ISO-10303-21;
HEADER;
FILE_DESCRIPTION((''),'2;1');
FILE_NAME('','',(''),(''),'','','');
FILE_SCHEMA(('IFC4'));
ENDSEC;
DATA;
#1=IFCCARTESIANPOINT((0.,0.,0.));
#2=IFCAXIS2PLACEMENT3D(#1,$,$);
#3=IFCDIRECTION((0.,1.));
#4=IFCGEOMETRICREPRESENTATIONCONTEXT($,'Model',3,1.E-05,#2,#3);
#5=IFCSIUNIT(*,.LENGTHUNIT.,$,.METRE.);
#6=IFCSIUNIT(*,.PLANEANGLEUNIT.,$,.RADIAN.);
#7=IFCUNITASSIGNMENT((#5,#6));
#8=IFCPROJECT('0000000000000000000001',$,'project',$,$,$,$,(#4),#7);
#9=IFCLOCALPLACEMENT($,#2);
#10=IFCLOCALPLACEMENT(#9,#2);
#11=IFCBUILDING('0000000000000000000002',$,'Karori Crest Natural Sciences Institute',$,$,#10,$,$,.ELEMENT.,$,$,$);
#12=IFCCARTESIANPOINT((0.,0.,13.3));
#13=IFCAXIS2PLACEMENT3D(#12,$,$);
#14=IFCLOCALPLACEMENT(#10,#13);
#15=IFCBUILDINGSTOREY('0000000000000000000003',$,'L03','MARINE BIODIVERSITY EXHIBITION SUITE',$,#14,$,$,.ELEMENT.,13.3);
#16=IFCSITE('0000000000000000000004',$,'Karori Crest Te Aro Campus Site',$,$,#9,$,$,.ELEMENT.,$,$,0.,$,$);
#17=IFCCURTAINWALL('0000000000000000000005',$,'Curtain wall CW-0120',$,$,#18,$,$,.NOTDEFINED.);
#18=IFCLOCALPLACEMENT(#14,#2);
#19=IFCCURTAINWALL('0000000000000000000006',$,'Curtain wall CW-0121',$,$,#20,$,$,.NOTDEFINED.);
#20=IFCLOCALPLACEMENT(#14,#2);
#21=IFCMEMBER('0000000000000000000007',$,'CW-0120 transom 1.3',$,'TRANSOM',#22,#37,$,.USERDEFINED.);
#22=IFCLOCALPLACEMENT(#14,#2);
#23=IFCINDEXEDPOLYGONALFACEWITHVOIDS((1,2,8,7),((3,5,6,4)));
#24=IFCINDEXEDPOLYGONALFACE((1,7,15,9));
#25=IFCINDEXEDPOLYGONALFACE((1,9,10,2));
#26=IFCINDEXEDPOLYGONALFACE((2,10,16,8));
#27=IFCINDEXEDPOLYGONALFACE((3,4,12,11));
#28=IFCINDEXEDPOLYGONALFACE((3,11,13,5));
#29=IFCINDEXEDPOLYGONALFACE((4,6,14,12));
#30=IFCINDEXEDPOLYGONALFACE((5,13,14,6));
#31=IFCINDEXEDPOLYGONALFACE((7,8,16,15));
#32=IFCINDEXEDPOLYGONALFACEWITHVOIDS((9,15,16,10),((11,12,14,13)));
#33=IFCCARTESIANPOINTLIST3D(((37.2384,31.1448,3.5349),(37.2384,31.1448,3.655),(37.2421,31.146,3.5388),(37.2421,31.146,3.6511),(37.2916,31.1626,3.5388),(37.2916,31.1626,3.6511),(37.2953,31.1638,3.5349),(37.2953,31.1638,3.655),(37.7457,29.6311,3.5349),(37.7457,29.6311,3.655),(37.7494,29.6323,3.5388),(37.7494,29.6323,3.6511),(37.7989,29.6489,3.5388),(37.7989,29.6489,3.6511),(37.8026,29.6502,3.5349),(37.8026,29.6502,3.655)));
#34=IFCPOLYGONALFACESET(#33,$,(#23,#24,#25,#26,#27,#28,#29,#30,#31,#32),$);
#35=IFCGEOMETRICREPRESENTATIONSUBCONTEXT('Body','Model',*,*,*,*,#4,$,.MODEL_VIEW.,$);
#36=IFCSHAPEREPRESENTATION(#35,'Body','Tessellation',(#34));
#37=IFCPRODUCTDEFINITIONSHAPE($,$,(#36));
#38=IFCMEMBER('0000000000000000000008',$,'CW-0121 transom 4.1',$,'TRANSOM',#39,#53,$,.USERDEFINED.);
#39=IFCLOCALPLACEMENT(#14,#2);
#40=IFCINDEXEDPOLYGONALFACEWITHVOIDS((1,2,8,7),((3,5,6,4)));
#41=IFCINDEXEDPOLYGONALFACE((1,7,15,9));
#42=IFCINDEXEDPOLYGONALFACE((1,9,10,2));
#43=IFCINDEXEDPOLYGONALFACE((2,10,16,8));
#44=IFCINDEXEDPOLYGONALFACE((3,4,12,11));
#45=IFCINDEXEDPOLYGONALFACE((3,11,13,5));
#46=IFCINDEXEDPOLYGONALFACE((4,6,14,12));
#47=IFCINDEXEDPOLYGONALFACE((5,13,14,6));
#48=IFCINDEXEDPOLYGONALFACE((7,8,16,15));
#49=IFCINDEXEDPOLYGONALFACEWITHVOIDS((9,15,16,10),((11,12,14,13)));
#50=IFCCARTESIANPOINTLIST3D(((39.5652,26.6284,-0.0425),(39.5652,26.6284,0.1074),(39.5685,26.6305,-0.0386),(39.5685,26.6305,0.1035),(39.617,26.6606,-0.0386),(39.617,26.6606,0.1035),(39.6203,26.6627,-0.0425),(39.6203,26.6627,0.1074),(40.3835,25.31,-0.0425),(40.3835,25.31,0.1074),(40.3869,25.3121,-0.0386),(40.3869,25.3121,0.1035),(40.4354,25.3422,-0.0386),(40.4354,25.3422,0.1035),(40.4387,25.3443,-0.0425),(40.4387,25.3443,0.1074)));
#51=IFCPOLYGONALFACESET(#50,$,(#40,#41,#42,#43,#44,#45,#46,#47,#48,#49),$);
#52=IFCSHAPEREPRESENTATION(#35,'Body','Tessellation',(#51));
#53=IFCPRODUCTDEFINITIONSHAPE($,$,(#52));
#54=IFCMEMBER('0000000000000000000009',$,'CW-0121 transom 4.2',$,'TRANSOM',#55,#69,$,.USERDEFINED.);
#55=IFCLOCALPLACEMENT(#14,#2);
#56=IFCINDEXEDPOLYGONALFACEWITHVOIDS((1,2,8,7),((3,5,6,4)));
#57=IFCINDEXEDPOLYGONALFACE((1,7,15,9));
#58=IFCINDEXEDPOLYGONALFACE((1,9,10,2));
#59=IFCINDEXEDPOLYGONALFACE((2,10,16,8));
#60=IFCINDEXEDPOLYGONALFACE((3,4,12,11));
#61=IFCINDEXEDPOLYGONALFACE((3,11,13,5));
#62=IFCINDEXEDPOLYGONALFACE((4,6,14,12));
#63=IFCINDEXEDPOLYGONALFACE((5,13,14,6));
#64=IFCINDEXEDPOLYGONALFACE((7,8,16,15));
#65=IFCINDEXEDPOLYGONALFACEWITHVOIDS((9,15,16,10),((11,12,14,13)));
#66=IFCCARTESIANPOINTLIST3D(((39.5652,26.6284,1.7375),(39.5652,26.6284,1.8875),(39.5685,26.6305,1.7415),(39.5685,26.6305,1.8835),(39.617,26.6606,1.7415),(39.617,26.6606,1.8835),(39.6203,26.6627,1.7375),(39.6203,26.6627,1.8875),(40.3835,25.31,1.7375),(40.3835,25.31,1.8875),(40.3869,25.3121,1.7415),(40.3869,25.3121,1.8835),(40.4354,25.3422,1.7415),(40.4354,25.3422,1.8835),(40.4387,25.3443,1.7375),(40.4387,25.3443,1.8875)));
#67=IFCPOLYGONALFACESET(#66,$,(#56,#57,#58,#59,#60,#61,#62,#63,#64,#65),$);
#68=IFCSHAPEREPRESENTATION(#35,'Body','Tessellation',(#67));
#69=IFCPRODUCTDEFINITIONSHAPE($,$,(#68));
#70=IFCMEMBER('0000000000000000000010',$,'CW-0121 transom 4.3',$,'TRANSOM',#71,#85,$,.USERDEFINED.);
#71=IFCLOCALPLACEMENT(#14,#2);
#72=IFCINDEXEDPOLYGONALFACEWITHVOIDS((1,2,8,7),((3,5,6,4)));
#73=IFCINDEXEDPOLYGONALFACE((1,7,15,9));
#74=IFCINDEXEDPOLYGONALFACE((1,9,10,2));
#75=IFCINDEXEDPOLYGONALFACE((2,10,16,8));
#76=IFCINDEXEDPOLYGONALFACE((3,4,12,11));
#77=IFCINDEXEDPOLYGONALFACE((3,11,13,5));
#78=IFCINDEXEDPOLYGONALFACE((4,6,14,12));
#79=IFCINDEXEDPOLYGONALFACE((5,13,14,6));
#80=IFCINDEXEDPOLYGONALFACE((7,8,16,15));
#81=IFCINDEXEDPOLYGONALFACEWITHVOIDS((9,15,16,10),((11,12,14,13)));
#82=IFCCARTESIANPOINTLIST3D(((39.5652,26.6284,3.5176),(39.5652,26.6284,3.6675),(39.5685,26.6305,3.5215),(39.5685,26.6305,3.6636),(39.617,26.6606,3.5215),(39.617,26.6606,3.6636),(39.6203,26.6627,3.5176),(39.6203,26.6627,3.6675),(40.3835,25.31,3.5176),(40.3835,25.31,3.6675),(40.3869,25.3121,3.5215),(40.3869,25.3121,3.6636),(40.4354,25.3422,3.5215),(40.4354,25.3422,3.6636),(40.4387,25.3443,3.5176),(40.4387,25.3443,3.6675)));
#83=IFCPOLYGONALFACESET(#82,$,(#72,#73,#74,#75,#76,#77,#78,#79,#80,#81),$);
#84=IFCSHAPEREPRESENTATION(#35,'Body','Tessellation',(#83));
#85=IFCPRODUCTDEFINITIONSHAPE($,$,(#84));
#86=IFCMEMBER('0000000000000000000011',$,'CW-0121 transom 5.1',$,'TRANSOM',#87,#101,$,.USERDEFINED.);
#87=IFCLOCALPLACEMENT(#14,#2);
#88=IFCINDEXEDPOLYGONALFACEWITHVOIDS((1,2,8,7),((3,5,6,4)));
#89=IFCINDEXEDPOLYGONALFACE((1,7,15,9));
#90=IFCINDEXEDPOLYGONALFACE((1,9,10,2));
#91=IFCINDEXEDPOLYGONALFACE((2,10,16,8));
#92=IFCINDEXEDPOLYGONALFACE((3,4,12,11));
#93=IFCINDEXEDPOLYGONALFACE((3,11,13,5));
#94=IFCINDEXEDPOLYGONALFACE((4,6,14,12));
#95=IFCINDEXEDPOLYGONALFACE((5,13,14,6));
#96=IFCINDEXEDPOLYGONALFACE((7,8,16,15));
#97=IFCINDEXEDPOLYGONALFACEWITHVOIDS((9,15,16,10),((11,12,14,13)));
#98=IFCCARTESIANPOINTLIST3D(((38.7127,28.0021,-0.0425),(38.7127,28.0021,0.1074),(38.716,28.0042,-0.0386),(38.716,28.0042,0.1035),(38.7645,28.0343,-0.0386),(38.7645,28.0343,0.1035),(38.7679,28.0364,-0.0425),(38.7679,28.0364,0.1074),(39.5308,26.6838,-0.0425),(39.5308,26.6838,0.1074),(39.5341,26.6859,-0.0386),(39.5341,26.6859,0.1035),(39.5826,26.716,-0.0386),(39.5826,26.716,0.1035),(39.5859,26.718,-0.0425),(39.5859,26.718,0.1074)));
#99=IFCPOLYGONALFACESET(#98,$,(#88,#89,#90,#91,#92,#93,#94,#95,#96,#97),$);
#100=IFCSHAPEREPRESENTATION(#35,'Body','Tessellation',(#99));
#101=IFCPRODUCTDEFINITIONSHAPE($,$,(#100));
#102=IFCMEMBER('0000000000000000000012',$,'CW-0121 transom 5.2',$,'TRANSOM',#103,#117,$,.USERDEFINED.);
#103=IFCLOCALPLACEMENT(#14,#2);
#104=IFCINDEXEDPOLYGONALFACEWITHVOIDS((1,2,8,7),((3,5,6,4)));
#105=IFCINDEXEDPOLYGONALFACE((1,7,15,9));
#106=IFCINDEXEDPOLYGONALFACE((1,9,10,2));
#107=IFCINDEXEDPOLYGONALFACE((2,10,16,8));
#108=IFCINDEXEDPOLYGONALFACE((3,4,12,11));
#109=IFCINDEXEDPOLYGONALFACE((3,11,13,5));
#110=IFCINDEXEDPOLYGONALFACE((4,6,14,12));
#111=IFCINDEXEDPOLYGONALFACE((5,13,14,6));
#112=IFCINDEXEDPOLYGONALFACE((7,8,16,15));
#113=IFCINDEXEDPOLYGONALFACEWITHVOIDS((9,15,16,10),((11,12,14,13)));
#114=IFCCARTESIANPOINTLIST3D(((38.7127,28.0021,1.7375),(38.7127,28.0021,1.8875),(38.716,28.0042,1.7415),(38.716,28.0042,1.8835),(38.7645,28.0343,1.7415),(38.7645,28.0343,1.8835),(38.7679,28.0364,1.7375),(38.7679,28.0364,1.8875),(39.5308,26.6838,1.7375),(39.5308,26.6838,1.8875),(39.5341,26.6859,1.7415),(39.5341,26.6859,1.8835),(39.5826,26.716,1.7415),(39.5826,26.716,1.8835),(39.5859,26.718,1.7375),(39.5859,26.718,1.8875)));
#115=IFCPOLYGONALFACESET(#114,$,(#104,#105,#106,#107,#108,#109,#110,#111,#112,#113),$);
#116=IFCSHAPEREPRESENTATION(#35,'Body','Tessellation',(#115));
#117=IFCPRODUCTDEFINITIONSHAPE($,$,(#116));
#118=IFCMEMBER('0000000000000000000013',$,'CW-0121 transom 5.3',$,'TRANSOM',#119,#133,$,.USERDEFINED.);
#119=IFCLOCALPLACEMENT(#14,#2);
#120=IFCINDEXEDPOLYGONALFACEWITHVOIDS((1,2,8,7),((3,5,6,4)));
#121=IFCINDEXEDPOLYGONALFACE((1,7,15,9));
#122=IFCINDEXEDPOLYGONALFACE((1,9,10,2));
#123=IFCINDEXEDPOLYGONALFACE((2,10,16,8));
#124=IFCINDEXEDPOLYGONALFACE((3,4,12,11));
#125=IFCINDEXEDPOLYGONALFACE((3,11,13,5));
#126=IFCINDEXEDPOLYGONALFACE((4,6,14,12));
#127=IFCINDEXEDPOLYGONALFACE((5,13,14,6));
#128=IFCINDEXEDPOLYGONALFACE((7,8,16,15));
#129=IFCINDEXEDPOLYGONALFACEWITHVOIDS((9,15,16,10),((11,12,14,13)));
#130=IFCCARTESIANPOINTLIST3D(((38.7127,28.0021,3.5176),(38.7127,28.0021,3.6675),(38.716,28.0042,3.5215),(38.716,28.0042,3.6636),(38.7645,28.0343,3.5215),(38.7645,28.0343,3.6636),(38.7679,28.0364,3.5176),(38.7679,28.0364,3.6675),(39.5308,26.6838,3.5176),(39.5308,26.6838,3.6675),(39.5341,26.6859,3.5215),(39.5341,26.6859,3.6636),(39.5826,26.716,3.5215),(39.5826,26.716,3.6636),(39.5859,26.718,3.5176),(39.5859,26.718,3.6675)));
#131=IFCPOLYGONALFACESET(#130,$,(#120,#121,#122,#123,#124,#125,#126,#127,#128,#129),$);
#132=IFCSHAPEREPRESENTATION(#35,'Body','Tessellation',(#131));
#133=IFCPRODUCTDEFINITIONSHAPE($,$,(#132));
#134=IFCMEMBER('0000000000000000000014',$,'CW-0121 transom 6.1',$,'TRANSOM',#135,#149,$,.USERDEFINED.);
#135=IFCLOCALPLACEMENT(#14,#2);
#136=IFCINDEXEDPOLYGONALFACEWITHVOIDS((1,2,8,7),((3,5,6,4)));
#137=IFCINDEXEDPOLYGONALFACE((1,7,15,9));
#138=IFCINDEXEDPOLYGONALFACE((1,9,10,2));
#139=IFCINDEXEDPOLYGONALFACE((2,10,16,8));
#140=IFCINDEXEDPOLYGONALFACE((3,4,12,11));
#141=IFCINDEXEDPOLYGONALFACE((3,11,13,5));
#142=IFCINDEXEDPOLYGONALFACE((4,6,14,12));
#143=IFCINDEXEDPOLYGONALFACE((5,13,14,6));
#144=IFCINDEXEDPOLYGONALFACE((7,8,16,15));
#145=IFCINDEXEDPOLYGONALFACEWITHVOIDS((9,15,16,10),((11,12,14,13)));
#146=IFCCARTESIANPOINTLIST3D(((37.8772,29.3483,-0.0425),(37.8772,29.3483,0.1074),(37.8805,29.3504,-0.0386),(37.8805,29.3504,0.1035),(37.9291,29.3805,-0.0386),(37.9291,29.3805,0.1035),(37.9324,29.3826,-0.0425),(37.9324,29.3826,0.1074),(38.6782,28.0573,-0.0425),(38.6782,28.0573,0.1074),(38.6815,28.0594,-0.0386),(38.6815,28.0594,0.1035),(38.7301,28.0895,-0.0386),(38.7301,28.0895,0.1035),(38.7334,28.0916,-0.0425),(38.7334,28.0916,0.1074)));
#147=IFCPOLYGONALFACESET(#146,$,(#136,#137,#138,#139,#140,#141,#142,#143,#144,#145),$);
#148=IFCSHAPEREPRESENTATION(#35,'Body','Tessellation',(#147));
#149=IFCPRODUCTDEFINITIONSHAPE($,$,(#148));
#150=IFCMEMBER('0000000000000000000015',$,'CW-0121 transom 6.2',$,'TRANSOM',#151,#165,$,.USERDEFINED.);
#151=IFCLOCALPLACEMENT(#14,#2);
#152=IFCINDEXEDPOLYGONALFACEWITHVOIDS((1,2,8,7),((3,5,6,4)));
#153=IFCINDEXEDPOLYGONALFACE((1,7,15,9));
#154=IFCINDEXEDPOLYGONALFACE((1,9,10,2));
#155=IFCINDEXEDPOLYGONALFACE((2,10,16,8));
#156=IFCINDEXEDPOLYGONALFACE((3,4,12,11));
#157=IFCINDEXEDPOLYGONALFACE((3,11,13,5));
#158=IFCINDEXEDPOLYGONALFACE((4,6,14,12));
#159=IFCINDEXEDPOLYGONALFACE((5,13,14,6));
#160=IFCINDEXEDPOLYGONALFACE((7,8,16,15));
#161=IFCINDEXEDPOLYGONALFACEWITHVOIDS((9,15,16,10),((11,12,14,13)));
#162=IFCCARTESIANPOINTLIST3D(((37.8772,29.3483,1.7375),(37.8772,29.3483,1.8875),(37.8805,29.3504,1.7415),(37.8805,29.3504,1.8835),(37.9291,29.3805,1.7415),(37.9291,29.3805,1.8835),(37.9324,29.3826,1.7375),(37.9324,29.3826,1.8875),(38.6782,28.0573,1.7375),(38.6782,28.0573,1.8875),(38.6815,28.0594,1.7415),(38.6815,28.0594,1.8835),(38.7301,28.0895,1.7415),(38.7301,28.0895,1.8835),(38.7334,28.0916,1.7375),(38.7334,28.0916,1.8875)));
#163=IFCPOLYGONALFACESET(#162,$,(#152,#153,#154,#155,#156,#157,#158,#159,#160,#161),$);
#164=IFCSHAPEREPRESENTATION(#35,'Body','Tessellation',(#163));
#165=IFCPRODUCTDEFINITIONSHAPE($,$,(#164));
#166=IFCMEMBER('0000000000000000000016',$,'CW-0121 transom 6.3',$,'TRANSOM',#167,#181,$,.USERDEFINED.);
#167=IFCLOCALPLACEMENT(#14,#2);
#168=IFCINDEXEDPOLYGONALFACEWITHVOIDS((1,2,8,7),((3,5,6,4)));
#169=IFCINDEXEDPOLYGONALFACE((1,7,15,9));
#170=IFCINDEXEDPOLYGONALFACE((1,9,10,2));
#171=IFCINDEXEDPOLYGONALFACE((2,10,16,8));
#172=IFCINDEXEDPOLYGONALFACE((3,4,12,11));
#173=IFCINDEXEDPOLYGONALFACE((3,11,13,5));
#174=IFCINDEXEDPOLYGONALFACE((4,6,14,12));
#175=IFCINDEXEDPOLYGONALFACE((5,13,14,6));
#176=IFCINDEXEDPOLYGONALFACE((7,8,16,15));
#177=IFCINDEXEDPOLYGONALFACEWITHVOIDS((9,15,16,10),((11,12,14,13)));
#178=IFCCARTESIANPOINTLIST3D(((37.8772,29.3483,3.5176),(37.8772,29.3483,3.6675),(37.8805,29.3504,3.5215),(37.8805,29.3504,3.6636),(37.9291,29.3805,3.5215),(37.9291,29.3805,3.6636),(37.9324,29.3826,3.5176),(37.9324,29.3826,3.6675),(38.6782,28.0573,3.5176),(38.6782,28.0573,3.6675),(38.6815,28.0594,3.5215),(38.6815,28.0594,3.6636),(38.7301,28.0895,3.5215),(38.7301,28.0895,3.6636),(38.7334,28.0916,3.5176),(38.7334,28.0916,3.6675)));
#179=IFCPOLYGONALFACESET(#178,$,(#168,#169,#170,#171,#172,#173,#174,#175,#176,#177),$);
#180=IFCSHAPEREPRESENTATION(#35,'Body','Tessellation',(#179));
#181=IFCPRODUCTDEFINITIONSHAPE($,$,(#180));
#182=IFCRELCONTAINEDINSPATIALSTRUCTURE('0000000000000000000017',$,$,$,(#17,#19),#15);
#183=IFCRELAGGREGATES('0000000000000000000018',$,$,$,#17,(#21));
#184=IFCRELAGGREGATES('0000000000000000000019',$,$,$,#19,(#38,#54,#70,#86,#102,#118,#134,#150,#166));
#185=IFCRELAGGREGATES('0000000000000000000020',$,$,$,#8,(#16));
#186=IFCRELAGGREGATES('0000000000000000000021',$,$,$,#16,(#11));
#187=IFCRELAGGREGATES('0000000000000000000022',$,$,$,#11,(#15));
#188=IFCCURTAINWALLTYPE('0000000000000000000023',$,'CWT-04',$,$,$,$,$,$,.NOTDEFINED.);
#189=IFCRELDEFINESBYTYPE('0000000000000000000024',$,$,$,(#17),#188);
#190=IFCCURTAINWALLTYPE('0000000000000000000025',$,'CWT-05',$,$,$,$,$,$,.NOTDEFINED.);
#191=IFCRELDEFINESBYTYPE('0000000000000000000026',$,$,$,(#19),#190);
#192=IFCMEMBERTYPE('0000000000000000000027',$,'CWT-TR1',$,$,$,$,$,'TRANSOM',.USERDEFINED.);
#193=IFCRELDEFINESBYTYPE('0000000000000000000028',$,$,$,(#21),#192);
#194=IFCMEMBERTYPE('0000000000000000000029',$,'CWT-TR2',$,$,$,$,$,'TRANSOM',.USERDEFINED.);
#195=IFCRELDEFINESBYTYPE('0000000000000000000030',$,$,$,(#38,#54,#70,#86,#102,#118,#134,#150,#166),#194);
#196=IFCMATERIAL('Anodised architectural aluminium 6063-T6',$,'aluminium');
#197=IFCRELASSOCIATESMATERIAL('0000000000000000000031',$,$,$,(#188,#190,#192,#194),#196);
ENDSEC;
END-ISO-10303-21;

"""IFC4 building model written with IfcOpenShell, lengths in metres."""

from ifc_helpers import new_model, si_unit, direction, frame, origin, origin_2d, place, context, subcontext, project, spatial, hollow_rectangle, extrude, material, material_profile, profile_set, type_object, element, aggregate, save


model = new_model("IFC4")

# Units and contexts
model_context = context("Model", 3, precision=1e-05, world=origin(), true_north=direction((0.0, 1.0)))
body_context = subcontext(model_context, "Body", "Model", "MODEL_VIEW")
ifc_project = project(units=[si_unit("LENGTHUNIT", "METRE"), si_unit("PLANEANGLEUNIT", "RADIAN")], contexts=[model_context])

# Site, building, storey
site_placement = place(None, origin())
site = spatial("IfcSite", under=ifc_project, at=site_placement, Name="Karori Crest Te Aro Campus Site", CompositionType="ELEMENT", RefElevation=0.0)
building_placement = place(site_placement, origin())
building = spatial("IfcBuilding", under=site, at=building_placement, Name="Karori Crest Natural Sciences Institute", CompositionType="ELEMENT")
storey_placement = place(building_placement, frame((0.0, 0.0, 13.3)))
storey = spatial("IfcBuildingStorey", under=building, at=storey_placement, Name="L03", Description="MARINE BIODIVERSITY EXHIBITION SUITE", CompositionType="ELEMENT", Elevation=13.3)

# Curtain walls
ifc_material_1 = material(Name="Anodised architectural aluminium 6063-T6", Category="aluminium")
curtain_wall_type_1 = type_object("IfcCurtainWallType", Name="CWT-04", PredefinedType="NOTDEFINED", material=ifc_material_1)
curtain_wall_1_placement = place(storey_placement, origin())
curtain_wall_1 = element("IfcCurtainWall", 1, at=curtain_wall_1_placement, inside=storey, type_object=curtain_wall_type_1, Name="Curtain wall CW-0120", PredefinedType="NOTDEFINED")
curtain_wall_type_2 = type_object("IfcCurtainWallType", Name="CWT-05", PredefinedType="NOTDEFINED", material=ifc_material_1)
curtain_wall_2_placement = place(storey_placement, origin())
curtain_wall_2 = element("IfcCurtainWall", 2, at=curtain_wall_2_placement, inside=storey, type_object=curtain_wall_type_2, Name="Curtain wall CW-0121", PredefinedType="NOTDEFINED")

# Members
ifc_material_profile_1 = material_profile(ifc_material_1, hollow_rectangle(XDim=0.0601, YDim=0.1201, WallThickness=0.0039, at=origin_2d()), Name="CWT120x60x4")
ifc_profile_set_1 = profile_set([ifc_material_profile_1], Name="Anodised architectural aluminium 6063-T6")
member_type_1 = type_object("IfcMemberType", Name="CWT-TR1", ElementType="TRANSOM", PredefinedType="USERDEFINED", material=ifc_profile_set_1)
member_1_placement = place(storey_placement, frame((37.7742, 29.6406, 3.595), z_axis=(-0.317787, 0.948162, 0.0), x_axis=(-0.948162, -0.317787, 0.0)))
member_1 = element("IfcMember", 3, at=member_1_placement, type_object=member_type_1, Name="CW-0120 transom 1.3", ObjectType="TRANSOM", PredefinedType="USERDEFINED", context=body_context, shape_type="SweptSolid", body=[
    extrude(hollow_rectangle(XDim=0.0601, YDim=0.1201, WallThickness=0.0039, at=origin_2d()), origin(), (0.0, 0.0, 1.0), 1.5964),
])
ifc_material_profile_2 = material_profile(ifc_material_1, hollow_rectangle(XDim=0.0649, YDim=0.1499, WallThickness=0.0039, at=origin_2d()), Name="CWT150x65x4")
ifc_profile_set_2 = profile_set([ifc_material_profile_2], Name="Anodised architectural aluminium 6063-T6")
member_type_2 = type_object("IfcMemberType", Name="CWT-TR2", ElementType="TRANSOM", PredefinedType="USERDEFINED", material=ifc_profile_set_2)
member_2_placement = place(storey_placement, frame((40.4111, 25.3271, 0.0325), z_axis=(-0.527394, 0.849621, 0.0), x_axis=(-0.849621, -0.527394, 0.0)))
member_2 = element("IfcMember", 4, at=member_2_placement, type_object=member_type_2, Name="CW-0121 transom 4.1", ObjectType="TRANSOM", PredefinedType="USERDEFINED", context=body_context, shape_type="SweptSolid", body=[
    extrude(hollow_rectangle(XDim=0.0649, YDim=0.1499, WallThickness=0.0039, at=origin_2d()), origin(), (0.0, 0.0, 1.0), 1.5518),
])
member_3_placement = place(storey_placement, frame((40.4111, 25.3271, 1.8125), z_axis=(-0.527394, 0.849621, 0.0), x_axis=(-0.849621, -0.527394, 0.0)))
member_3 = element("IfcMember", 5, at=member_3_placement, type_object=member_type_2, Name="CW-0121 transom 4.2", ObjectType="TRANSOM", PredefinedType="USERDEFINED", context=body_context, shape_type="SweptSolid", body=[
    extrude(hollow_rectangle(XDim=0.0649, YDim=0.1499, WallThickness=0.0039, at=origin_2d()), origin(), (0.0, 0.0, 1.0), 1.5518),
])
member_4_placement = place(storey_placement, frame((40.4111, 25.3271, 3.5925), z_axis=(-0.527394, 0.849621, 0.0), x_axis=(-0.849621, -0.527394, 0.0)))
member_4 = element("IfcMember", 6, at=member_4_placement, type_object=member_type_2, Name="CW-0121 transom 4.3", ObjectType="TRANSOM", PredefinedType="USERDEFINED", context=body_context, shape_type="SweptSolid", body=[
    extrude(hollow_rectangle(XDim=0.0649, YDim=0.1499, WallThickness=0.0039, at=origin_2d()), origin(), (0.0, 0.0, 1.0), 1.5518),
])
member_5_placement = place(storey_placement, frame((39.5583, 26.7009, 0.0325), z_axis=(-0.527281, 0.849691, 0.0), x_axis=(-0.849691, -0.527281, 0.0)))
member_5 = element("IfcMember", 7, at=member_5_placement, type_object=member_type_2, Name="CW-0121 transom 5.1", ObjectType="TRANSOM", PredefinedType="USERDEFINED", context=body_context, shape_type="SweptSolid", body=[
    extrude(hollow_rectangle(XDim=0.0649, YDim=0.1499, WallThickness=0.0039, at=origin_2d()), origin(), (0.0, 0.0, 1.0), 1.5515),
])
member_6_placement = place(storey_placement, frame((39.5583, 26.7009, 1.8125), z_axis=(-0.527281, 0.849691, 0.0), x_axis=(-0.849691, -0.527281, 0.0)))
member_6 = element("IfcMember", 8, at=member_6_placement, type_object=member_type_2, Name="CW-0121 transom 5.2", ObjectType="TRANSOM", PredefinedType="USERDEFINED", context=body_context, shape_type="SweptSolid", body=[
    extrude(hollow_rectangle(XDim=0.0649, YDim=0.1499, WallThickness=0.0039, at=origin_2d()), origin(), (0.0, 0.0, 1.0), 1.5515),
])
member_7_placement = place(storey_placement, frame((39.5583, 26.7009, 3.5925), z_axis=(-0.527281, 0.849691, 0.0), x_axis=(-0.849691, -0.527281, 0.0)))
member_7 = element("IfcMember", 9, at=member_7_placement, type_object=member_type_2, Name="CW-0121 transom 5.3", ObjectType="TRANSOM", PredefinedType="USERDEFINED", context=body_context, shape_type="SweptSolid", body=[
    extrude(hollow_rectangle(XDim=0.0649, YDim=0.1499, WallThickness=0.0039, at=origin_2d()), origin(), (0.0, 0.0, 1.0), 1.5515),
])
member_8_placement = place(storey_placement, frame((38.7058, 28.0745, 0.0325), z_axis=(-0.527223, 0.849727, 0.0), x_axis=(-0.849727, -0.527223, 0.0)))
member_8 = element("IfcMember", 10, at=member_8_placement, type_object=member_type_2, Name="CW-0121 transom 6.1", ObjectType="TRANSOM", PredefinedType="USERDEFINED", context=body_context, shape_type="SweptSolid", body=[
    extrude(hollow_rectangle(XDim=0.0649, YDim=0.1499, WallThickness=0.0039, at=origin_2d()), origin(), (0.0, 0.0, 1.0), 1.5193),
])
member_9_placement = place(storey_placement, frame((38.7058, 28.0745, 1.8125), z_axis=(-0.527223, 0.849727, 0.0), x_axis=(-0.849727, -0.527223, 0.0)))
member_9 = element("IfcMember", 11, at=member_9_placement, type_object=member_type_2, Name="CW-0121 transom 6.2", ObjectType="TRANSOM", PredefinedType="USERDEFINED", context=body_context, shape_type="SweptSolid", body=[
    extrude(hollow_rectangle(XDim=0.0649, YDim=0.1499, WallThickness=0.0039, at=origin_2d()), origin(), (0.0, 0.0, 1.0), 1.5193),
])
member_10_placement = place(storey_placement, frame((38.7058, 28.0745, 3.5925), z_axis=(-0.527223, 0.849727, 0.0), x_axis=(-0.849727, -0.527223, 0.0)))
member_10 = element("IfcMember", 12, at=member_10_placement, type_object=member_type_2, Name="CW-0121 transom 6.3", ObjectType="TRANSOM", PredefinedType="USERDEFINED", context=body_context, shape_type="SweptSolid", body=[
    extrude(hollow_rectangle(XDim=0.0649, YDim=0.1499, WallThickness=0.0039, at=origin_2d()), origin(), (0.0, 0.0, 1.0), 1.5193),
])

aggregate(curtain_wall_1, [member_1])
aggregate(curtain_wall_2, [member_2, member_3, member_4, member_5, member_6, member_7, member_8, member_9, member_10])

save(model, "model.ifc")
